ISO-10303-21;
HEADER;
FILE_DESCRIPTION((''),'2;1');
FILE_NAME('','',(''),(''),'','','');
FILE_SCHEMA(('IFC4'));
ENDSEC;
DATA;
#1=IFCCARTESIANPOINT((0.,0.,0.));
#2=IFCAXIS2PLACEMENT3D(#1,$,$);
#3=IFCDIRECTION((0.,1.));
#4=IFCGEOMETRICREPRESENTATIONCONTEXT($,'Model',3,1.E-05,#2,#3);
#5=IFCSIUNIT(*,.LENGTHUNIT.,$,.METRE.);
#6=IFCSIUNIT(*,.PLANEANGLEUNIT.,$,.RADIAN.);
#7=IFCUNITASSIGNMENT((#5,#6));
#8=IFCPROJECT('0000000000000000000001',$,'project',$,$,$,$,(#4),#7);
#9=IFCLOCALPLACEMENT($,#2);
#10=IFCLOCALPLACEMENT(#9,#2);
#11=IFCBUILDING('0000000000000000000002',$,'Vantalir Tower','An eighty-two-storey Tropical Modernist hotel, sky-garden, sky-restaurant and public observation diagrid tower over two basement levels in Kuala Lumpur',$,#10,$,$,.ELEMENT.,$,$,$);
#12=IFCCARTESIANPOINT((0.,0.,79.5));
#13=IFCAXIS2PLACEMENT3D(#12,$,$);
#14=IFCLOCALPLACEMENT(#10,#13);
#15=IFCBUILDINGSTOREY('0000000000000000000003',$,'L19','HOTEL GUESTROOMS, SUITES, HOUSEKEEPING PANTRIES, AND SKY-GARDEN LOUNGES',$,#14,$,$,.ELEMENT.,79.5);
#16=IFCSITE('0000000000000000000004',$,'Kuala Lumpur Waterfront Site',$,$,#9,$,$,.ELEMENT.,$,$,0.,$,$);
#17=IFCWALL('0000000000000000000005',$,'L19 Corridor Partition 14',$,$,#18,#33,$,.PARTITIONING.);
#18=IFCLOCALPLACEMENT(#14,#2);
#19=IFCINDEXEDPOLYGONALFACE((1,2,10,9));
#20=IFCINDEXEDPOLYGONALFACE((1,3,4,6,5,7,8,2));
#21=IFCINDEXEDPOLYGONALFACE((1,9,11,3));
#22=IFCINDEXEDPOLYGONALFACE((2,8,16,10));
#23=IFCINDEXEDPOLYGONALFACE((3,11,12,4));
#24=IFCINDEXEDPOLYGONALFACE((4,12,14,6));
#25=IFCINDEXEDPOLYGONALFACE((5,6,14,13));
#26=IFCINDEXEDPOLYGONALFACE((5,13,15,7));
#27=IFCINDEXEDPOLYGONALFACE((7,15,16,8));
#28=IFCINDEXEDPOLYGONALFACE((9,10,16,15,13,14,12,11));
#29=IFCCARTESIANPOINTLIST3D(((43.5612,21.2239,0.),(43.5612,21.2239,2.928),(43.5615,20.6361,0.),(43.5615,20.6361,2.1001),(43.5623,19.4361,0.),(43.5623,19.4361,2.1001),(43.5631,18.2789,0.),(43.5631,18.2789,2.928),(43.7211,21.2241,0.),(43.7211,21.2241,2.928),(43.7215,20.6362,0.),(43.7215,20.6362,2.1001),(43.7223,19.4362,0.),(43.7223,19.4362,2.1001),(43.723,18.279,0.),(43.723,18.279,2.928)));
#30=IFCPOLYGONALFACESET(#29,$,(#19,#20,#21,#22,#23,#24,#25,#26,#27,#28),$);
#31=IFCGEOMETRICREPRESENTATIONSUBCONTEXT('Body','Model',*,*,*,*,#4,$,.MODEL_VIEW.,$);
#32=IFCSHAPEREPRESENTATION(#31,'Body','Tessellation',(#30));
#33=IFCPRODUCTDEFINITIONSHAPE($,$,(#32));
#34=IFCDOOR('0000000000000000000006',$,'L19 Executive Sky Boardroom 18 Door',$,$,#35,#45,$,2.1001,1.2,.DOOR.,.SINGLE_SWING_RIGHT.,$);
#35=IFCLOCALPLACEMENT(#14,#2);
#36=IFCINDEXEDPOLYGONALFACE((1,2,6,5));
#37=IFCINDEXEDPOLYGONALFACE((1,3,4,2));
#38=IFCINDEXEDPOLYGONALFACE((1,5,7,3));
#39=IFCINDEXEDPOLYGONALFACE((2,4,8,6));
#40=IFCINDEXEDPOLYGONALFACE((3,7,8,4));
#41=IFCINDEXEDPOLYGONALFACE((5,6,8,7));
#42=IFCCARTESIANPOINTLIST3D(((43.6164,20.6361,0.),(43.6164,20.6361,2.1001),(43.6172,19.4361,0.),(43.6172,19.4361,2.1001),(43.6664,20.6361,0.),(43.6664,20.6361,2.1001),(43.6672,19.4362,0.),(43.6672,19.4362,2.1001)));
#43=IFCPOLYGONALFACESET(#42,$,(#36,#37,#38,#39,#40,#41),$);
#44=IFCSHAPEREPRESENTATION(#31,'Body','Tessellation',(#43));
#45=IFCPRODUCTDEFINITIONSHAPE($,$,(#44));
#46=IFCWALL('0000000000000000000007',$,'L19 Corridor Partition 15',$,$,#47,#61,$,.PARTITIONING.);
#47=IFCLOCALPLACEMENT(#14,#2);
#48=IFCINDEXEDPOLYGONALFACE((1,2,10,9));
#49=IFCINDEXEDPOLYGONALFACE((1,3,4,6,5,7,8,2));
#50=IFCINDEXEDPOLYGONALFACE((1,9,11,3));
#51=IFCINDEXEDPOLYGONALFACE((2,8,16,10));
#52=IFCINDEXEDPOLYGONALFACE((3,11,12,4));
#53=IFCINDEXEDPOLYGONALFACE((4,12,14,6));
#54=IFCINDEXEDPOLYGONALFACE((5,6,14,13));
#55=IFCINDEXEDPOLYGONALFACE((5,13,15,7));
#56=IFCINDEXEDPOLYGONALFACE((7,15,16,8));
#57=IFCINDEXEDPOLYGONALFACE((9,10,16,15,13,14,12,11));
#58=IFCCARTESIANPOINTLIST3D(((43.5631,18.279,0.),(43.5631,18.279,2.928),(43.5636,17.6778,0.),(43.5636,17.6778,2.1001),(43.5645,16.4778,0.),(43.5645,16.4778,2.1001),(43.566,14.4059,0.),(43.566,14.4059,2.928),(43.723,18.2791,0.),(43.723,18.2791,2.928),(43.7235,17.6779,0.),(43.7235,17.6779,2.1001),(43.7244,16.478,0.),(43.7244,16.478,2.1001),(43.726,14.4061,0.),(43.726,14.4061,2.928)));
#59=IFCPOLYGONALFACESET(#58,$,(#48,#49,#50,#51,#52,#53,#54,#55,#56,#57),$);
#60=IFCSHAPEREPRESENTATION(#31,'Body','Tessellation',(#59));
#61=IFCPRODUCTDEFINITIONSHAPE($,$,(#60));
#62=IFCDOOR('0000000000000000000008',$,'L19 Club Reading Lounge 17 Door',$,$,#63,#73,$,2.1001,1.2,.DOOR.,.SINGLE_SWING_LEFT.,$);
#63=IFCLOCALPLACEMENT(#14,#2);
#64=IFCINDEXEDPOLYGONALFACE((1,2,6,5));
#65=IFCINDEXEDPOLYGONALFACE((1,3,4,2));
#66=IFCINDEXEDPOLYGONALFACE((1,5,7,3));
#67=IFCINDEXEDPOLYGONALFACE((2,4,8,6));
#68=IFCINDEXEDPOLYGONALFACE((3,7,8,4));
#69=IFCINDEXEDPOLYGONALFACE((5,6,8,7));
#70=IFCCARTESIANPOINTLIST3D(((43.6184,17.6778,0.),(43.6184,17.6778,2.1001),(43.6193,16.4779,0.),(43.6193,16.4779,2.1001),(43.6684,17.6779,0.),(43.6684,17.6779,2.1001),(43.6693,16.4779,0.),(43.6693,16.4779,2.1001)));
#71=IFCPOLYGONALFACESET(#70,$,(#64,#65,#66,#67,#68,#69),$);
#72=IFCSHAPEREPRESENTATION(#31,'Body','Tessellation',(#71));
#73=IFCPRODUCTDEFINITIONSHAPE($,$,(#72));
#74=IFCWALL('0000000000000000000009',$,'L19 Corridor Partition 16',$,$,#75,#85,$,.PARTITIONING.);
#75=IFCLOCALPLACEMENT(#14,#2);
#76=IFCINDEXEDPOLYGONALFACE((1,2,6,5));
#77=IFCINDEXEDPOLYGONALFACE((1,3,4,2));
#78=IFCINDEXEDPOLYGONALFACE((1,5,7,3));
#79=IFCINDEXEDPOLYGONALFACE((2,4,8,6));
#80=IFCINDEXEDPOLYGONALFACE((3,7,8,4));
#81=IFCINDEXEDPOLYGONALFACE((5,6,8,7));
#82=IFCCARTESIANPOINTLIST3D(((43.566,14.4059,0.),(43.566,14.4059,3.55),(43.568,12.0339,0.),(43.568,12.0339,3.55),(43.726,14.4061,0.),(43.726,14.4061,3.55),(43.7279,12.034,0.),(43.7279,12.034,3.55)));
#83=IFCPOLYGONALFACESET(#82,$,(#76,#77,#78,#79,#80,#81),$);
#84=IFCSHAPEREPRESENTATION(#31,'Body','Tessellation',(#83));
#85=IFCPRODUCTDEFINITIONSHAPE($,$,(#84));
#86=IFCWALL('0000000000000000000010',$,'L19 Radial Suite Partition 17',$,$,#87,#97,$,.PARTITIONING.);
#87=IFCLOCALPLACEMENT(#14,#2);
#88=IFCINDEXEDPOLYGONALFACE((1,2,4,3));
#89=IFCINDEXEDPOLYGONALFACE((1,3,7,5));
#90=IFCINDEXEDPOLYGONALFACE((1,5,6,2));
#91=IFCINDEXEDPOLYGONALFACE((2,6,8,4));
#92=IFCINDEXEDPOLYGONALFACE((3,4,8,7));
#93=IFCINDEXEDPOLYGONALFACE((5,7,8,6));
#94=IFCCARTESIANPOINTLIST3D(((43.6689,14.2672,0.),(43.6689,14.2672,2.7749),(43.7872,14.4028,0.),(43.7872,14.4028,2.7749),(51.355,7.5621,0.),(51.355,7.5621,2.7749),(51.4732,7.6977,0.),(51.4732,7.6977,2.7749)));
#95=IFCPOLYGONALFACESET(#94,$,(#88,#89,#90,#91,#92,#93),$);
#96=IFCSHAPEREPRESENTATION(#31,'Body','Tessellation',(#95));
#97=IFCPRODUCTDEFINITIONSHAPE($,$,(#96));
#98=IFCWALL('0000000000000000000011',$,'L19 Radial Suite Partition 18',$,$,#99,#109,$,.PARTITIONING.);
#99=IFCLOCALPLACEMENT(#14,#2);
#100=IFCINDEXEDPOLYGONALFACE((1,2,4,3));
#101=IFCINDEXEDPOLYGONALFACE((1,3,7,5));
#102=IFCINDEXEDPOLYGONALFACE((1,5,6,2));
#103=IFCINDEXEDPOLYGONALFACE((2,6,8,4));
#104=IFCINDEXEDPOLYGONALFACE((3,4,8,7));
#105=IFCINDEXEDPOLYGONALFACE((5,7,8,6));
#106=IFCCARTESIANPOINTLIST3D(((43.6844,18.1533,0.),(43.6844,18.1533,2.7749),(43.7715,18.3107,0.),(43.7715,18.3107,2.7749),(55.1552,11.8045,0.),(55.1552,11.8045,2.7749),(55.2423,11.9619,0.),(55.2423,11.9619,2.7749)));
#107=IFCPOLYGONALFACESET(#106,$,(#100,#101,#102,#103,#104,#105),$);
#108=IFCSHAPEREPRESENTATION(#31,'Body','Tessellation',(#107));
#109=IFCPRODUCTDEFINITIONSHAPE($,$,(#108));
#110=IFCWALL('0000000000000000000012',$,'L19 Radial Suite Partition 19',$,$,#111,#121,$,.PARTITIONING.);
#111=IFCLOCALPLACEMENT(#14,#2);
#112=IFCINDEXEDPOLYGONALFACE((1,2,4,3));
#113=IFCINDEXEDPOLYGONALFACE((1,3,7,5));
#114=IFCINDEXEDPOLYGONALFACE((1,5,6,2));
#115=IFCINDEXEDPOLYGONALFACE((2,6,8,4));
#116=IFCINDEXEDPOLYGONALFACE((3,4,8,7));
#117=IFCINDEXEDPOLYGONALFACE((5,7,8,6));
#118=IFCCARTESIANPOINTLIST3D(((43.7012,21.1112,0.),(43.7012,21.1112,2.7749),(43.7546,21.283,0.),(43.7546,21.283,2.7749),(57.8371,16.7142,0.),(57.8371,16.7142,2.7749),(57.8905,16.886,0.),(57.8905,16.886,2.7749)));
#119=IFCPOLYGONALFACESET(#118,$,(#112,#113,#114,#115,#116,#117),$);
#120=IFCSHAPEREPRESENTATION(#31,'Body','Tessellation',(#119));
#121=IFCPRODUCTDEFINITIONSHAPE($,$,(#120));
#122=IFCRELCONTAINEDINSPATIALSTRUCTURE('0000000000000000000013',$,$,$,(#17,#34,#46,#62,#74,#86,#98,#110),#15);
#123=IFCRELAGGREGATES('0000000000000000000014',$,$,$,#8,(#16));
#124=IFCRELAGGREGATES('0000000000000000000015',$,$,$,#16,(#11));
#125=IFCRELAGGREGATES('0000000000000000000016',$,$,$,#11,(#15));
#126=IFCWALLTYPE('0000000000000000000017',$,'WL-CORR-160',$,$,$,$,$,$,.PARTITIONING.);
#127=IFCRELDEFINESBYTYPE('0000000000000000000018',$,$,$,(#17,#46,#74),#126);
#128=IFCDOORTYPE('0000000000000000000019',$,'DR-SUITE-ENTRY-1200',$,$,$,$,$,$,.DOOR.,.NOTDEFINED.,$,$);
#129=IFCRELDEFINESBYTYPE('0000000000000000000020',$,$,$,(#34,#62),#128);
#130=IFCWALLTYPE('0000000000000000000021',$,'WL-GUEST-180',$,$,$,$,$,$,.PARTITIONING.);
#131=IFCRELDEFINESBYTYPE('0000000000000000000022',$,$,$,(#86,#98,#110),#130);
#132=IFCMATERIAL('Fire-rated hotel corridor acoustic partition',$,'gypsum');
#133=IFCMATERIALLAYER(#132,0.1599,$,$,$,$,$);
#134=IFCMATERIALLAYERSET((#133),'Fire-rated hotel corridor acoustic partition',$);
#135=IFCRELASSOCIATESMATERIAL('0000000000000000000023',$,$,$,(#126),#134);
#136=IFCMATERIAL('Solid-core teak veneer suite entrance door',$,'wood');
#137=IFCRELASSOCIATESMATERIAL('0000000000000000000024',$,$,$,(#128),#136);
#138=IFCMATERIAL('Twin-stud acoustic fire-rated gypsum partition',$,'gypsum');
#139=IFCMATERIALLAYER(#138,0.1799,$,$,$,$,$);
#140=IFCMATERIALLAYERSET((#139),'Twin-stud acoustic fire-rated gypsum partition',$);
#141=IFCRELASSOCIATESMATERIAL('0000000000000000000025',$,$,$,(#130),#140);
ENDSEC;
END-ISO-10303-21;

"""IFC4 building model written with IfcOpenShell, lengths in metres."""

from ifc_helpers import new_model, si_unit, direction, frame, frame_2d, origin, place, context, subcontext, project, spatial, rectangle, extrude, material, layer, layer_set, type_object, element, fill, save


model = new_model("IFC4")

# Units and contexts
model_context = context("Model", 3, precision=1e-05, world=origin(), true_north=direction((0.0, 1.0)))
body_context = subcontext(model_context, "Body", "Model", "MODEL_VIEW")
ifc_project = project(units=[si_unit("LENGTHUNIT", "METRE"), si_unit("PLANEANGLEUNIT", "RADIAN")], contexts=[model_context])

# Site, building, storey
site_placement = place(None, origin())
site = spatial("IfcSite", under=ifc_project, at=site_placement, Name="Kuala Lumpur Waterfront Site", CompositionType="ELEMENT", RefElevation=0.0)
building_placement = place(site_placement, origin())
building = spatial("IfcBuilding", under=site, at=building_placement, Name="Vantalir Tower", Description="An eighty-two-storey Tropical Modernist hotel, sky-garden, sky-restaurant and public observation diagrid tower over two basement levels in Kuala Lumpur", CompositionType="ELEMENT")
storey_placement = place(building_placement, frame((0.0, 0.0, 79.5)))
storey = spatial("IfcBuildingStorey", under=building, at=storey_placement, Name="L19", Description="HOTEL GUESTROOMS, SUITES, HOUSEKEEPING PANTRIES, AND SKY-GARDEN LOUNGES", CompositionType="ELEMENT", Elevation=79.5)

# Walls, openings, doors
ifc_material_1 = material(Name="Fire-rated hotel corridor acoustic partition", Category="gypsum")
ifc_layer_1 = layer(ifc_material_1, 0.1599)
ifc_layer_set_1 = layer_set([ifc_layer_1], Name="Fire-rated hotel corridor acoustic partition")
wall_type_1 = type_object("IfcWallType", Name="WL-CORR-160", PredefinedType="PARTITIONING", material=ifc_layer_set_1)
wall_1_placement = place(storey_placement, frame((43.6411, 21.2241, 0.0), z_axis=(0.0, 0.0, 1.0), x_axis=(0.000663, -1.0, 0.0)))
wall_1 = element("IfcWall", 1, at=wall_1_placement, inside=storey, type_object=wall_type_1, Name="L19 Corridor Partition 14", PredefinedType="PARTITIONING", context=body_context, shape_type="SweptSolid", body=[
    extrude(rectangle(XDim=2.9451, YDim=0.1599, at=frame_2d((1.4727, 0.0))), origin(), (0.0, 0.0, 1.0), 2.928),
])
opening_1_placement = place(wall_1_placement, frame((0.5879, 0.0, 0.0)))
opening_1 = element("IfcOpeningElement", 2, at=opening_1_placement, cuts=wall_1, PredefinedType="OPENING", context=body_context, shape_type="SweptSolid", body=[
    extrude(rectangle(XDim=1.2, YDim=2.1001, at=frame_2d((0.6001, 1.05))), frame((0.0, 0.0898, 0.0), z_axis=(0.0, -1.0, 0.0), x_axis=(1.0, 0.0, 0.0)), (0.0, 0.0, 1.0), 0.1799),
])
ifc_material_2 = material(Name="Solid-core teak veneer suite entrance door", Category="wood")
door_type_1 = type_object("IfcDoorType", Name="DR-SUITE-ENTRY-1200", OperationType="NOTDEFINED", PredefinedType="DOOR", material=ifc_material_2)
door_1_placement = place(opening_1_placement, origin())
door_1 = element("IfcDoor", 3, at=door_1_placement, inside=storey, type_object=door_type_1, Name="L19 Executive Sky Boardroom 18 Door", OperationType="SINGLE_SWING_RIGHT", OverallHeight=2.1001, OverallWidth=1.2, PredefinedType="DOOR", context=body_context, shape_type="SweptSolid", body=[
    extrude(rectangle(XDim=1.2, YDim=2.1001, at=frame_2d((0.6001, 1.05))), frame((0.0, 0.0249, 0.0), z_axis=(0.0, -1.0, 0.0), x_axis=(1.0, 0.0, 0.0)), (0.0, 0.0, 1.0), 0.05),
])
fill(opening_1, door_1)
wall_2_placement = place(storey_placement, frame((43.6431, 18.2791, 0.0), z_axis=(0.0, 0.0, 1.0), x_axis=(0.000756, -1.0, 0.0)))
wall_2 = element("IfcWall", 4, at=wall_2_placement, inside=storey, type_object=wall_type_1, Name="L19 Corridor Partition 15", PredefinedType="PARTITIONING", context=body_context, shape_type="SweptSolid", body=[
    extrude(rectangle(XDim=3.873, YDim=0.1599, at=frame_2d((1.9365, 0.0))), origin(), (0.0, 0.0, 1.0), 2.928),
])
opening_2_placement = place(wall_2_placement, frame((0.6011, 0.0, 0.0)))
opening_2 = element("IfcOpeningElement", 5, at=opening_2_placement, cuts=wall_2, PredefinedType="OPENING", context=body_context, shape_type="SweptSolid", body=[
    extrude(rectangle(XDim=1.2, YDim=2.1001, at=frame_2d((0.6001, 1.05))), frame((0.0, 0.0898, 0.0), z_axis=(0.0, -1.0, 0.0), x_axis=(1.0, 0.0, 0.0)), (0.0, 0.0, 1.0), 0.1799),
])
door_2_placement = place(opening_2_placement, origin())
door_2 = element("IfcDoor", 6, at=door_2_placement, inside=storey, type_object=door_type_1, Name="L19 Club Reading Lounge 17 Door", OperationType="SINGLE_SWING_LEFT", OverallHeight=2.1001, OverallWidth=1.2, PredefinedType="DOOR", context=body_context, shape_type="SweptSolid", body=[
    extrude(rectangle(XDim=1.2, YDim=2.1001, at=frame_2d((0.6001, 1.05))), frame((0.0, 0.0249, 0.0), z_axis=(0.0, -1.0, 0.0), x_axis=(1.0, 0.0, 0.0)), (0.0, 0.0, 1.0), 0.05),
])
fill(opening_2, door_2)

# Walls
wall_3_placement = place(storey_placement, frame((43.646, 14.406, 0.0), z_axis=(0.0, 0.0, 1.0), x_axis=(0.000823, -1.0, 0.0)))
element("IfcWall", 7, at=wall_3_placement, inside=storey, type_object=wall_type_1, Name="L19 Corridor Partition 16", PredefinedType="PARTITIONING", context=body_context, shape_type="SweptSolid", body=[
    extrude(rectangle(XDim=2.3721, YDim=0.1599, at=frame_2d((1.186, 0.0))), origin(), (0.0, 0.0, 1.0), 3.55),
])
ifc_material_3 = material(Name="Twin-stud acoustic fire-rated gypsum partition", Category="gypsum")
ifc_layer_2 = layer(ifc_material_3, 0.1799)
ifc_layer_set_2 = layer_set([ifc_layer_2], Name="Twin-stud acoustic fire-rated gypsum partition")
wall_type_2 = type_object("IfcWallType", Name="WL-GUEST-180", PredefinedType="PARTITIONING", material=ifc_layer_set_2)
wall_4_placement = place(storey_placement, frame((43.728, 14.335, 0.0), z_axis=(0.0, 0.0, 1.0), x_axis=(0.753557, -0.657382, 0.0)))
element("IfcWall", 8, at=wall_4_placement, inside=storey, type_object=wall_type_2, Name="L19 Radial Suite Partition 17", PredefinedType="PARTITIONING", context=body_context, shape_type="SweptSolid", body=[
    extrude(rectangle(XDim=10.1997, YDim=0.1799, at=frame_2d((5.0999, 0.0))), origin(), (0.0, 0.0, 1.0), 2.7749),
])
wall_5_placement = place(storey_placement, frame((43.728, 18.2319, 0.0), z_axis=(0.0, 0.0, 1.0), x_axis=(0.874929, -0.484251, 0.0)))
element("IfcWall", 9, at=wall_5_placement, inside=storey, type_object=wall_type_2, Name="L19 Radial Suite Partition 18", PredefinedType="PARTITIONING", context=body_context, shape_type="SweptSolid", body=[
    extrude(rectangle(XDim=13.1106, YDim=0.1799, at=frame_2d((6.5552, 0.0))), origin(), (0.0, 0.0, 1.0), 2.7749),
])
wall_6_placement = place(storey_placement, frame((43.728, 21.197, 0.0), z_axis=(0.0, 0.0, 1.0), x_axis=(0.954874, -0.297012, 0.0)))
element("IfcWall", 10, at=wall_6_placement, inside=storey, type_object=wall_type_2, Name="L19 Radial Suite Partition 19", PredefinedType="PARTITIONING", context=body_context, shape_type="SweptSolid", body=[
    extrude(rectangle(XDim=14.804, YDim=0.1799, at=frame_2d((7.4019, 0.0))), origin(), (0.0, 0.0, 1.0), 2.7749),
])

save(model, "model.ifc")
